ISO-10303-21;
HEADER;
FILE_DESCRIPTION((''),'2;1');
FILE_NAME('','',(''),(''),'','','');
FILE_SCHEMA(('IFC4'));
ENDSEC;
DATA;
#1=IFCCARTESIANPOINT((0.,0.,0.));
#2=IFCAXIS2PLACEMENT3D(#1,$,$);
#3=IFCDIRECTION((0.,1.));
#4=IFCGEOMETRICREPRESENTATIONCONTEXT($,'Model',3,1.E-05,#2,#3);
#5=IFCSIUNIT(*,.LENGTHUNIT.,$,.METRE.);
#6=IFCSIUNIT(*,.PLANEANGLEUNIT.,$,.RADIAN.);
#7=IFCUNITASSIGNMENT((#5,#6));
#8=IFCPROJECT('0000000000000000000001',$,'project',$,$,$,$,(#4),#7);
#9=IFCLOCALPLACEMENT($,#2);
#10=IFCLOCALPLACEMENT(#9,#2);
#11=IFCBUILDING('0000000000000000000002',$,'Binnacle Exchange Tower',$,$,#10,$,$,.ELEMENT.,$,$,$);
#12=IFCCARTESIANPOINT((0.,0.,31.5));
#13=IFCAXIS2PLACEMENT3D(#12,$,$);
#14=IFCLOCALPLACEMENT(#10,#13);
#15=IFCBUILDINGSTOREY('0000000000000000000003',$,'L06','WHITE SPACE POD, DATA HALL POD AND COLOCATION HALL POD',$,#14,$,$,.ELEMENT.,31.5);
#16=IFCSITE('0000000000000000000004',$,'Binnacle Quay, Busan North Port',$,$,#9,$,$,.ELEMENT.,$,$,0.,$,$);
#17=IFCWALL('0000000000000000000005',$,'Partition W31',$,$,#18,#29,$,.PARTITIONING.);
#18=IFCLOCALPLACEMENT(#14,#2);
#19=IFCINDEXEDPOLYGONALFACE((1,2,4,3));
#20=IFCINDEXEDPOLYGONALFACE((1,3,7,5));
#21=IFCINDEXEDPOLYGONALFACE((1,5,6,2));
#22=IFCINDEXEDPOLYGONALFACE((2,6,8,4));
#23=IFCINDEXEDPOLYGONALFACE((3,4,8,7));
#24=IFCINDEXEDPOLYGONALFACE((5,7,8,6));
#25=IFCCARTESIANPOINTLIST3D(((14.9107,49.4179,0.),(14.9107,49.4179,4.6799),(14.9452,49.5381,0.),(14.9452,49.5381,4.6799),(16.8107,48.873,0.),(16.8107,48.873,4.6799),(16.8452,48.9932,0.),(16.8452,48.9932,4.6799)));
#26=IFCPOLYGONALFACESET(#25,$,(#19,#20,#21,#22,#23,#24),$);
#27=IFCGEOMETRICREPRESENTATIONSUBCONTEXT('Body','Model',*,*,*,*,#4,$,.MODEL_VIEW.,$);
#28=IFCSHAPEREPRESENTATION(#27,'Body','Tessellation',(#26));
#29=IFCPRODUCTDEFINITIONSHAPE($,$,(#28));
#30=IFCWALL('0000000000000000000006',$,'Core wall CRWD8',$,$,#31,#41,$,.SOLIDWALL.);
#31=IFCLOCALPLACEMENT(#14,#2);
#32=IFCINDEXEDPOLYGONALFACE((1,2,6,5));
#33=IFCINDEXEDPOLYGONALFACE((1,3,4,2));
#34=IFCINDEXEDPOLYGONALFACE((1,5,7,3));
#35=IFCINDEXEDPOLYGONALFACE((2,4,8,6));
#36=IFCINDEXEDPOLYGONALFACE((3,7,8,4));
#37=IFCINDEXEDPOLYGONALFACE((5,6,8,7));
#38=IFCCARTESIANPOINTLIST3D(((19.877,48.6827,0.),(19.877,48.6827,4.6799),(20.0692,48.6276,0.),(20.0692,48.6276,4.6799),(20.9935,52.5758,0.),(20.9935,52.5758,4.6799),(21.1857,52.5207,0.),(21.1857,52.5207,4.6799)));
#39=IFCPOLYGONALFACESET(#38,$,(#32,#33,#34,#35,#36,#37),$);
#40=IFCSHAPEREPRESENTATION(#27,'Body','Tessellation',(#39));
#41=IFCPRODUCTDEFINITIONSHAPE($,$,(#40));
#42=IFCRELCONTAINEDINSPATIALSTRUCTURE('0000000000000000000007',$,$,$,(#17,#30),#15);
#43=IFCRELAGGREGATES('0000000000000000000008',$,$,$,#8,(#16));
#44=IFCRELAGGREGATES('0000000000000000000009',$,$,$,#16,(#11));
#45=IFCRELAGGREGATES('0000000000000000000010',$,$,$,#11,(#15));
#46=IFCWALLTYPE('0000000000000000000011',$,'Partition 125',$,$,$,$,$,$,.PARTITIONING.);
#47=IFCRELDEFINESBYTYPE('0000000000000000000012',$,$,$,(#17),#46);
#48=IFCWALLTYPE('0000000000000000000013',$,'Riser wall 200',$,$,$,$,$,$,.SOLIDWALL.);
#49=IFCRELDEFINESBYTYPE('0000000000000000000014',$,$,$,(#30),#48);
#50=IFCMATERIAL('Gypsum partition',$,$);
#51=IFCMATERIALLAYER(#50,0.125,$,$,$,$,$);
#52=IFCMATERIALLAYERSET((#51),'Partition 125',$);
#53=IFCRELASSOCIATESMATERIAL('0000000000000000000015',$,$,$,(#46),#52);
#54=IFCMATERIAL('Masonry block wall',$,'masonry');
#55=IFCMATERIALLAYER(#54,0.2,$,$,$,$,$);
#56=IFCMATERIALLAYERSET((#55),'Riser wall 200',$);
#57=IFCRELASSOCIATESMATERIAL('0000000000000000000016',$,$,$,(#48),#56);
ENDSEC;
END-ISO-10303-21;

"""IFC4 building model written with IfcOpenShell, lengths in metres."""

from ifc_helpers import new_model, si_unit, direction, frame, frame_2d, origin, place, context, subcontext, project, spatial, rectangle, extrude, material, layer, layer_set, type_object, element, save


model = new_model("IFC4")

# Units and contexts
model_context = context("Model", 3, precision=1e-05, world=origin(), true_north=direction((0.0, 1.0)))
body_context = subcontext(model_context, "Body", "Model", "MODEL_VIEW")
ifc_project = project(units=[si_unit("LENGTHUNIT", "METRE"), si_unit("PLANEANGLEUNIT", "RADIAN")], contexts=[model_context])

# Site, building, storey
site_placement = place(None, origin())
site = spatial("IfcSite", under=ifc_project, at=site_placement, Name="Binnacle Quay, Busan North Port", CompositionType="ELEMENT", RefElevation=0.0)
building_placement = place(site_placement, origin())
building = spatial("IfcBuilding", under=site, at=building_placement, Name="Binnacle Exchange Tower", CompositionType="ELEMENT")
storey_placement = place(building_placement, frame((0.0, 0.0, 31.5)))
storey = spatial("IfcBuildingStorey", under=building, at=storey_placement, Name="L06", Description="WHITE SPACE POD, DATA HALL POD AND COLOCATION HALL POD", CompositionType="ELEMENT", Elevation=31.5)

# Shared definitions
ifc_material_1 = material(Name="Masonry block wall", Category="masonry")

# Walls
ifc_material_2 = material(Name="Gypsum partition")
ifc_layer_1 = layer(ifc_material_2, 0.125)
ifc_layer_set_1 = layer_set([ifc_layer_1], Name="Partition 125")
wall_type_1 = type_object("IfcWallType", Name="Partition 125", PredefinedType="PARTITIONING", material=ifc_layer_set_1)
wall_1_placement = place(storey_placement, frame((14.928, 49.478, 0.0), z_axis=(0.0, 0.0, 1.0), x_axis=(0.961244, -0.2757, 0.0)))
element("IfcWall", 1, at=wall_1_placement, inside=storey, type_object=wall_type_1, Name="Partition W31", PredefinedType="PARTITIONING", context=body_context, shape_type="SweptSolid", body=[
    extrude(rectangle(XDim=1.9766, YDim=0.125, at=frame_2d((0.9883, 0.0))), origin(), (0.0, 0.0, 1.0), 4.6799),
])
ifc_layer_2 = layer(ifc_material_1, 0.2)
ifc_layer_set_2 = layer_set([ifc_layer_2], Name="Riser wall 200")
wall_type_2 = type_object("IfcWallType", Name="Riser wall 200", PredefinedType="SOLIDWALL", material=ifc_layer_set_2)
wall_2_placement = place(storey_placement, frame((19.9731, 48.6553, 0.0), z_axis=(0.0, 0.0, 1.0), x_axis=(0.275668, 0.961253, 0.0)))
element("IfcWall", 2, at=wall_2_placement, inside=storey, type_object=wall_type_2, Name="Core wall CRWD8", PredefinedType="SOLIDWALL", context=body_context, shape_type="SweptSolid", body=[
    extrude(rectangle(XDim=4.05, YDim=0.2, at=frame_2d((2.0249, 0.0))), origin(), (0.0, 0.0, 1.0), 4.6799),
])

save(model, "model.ifc")
